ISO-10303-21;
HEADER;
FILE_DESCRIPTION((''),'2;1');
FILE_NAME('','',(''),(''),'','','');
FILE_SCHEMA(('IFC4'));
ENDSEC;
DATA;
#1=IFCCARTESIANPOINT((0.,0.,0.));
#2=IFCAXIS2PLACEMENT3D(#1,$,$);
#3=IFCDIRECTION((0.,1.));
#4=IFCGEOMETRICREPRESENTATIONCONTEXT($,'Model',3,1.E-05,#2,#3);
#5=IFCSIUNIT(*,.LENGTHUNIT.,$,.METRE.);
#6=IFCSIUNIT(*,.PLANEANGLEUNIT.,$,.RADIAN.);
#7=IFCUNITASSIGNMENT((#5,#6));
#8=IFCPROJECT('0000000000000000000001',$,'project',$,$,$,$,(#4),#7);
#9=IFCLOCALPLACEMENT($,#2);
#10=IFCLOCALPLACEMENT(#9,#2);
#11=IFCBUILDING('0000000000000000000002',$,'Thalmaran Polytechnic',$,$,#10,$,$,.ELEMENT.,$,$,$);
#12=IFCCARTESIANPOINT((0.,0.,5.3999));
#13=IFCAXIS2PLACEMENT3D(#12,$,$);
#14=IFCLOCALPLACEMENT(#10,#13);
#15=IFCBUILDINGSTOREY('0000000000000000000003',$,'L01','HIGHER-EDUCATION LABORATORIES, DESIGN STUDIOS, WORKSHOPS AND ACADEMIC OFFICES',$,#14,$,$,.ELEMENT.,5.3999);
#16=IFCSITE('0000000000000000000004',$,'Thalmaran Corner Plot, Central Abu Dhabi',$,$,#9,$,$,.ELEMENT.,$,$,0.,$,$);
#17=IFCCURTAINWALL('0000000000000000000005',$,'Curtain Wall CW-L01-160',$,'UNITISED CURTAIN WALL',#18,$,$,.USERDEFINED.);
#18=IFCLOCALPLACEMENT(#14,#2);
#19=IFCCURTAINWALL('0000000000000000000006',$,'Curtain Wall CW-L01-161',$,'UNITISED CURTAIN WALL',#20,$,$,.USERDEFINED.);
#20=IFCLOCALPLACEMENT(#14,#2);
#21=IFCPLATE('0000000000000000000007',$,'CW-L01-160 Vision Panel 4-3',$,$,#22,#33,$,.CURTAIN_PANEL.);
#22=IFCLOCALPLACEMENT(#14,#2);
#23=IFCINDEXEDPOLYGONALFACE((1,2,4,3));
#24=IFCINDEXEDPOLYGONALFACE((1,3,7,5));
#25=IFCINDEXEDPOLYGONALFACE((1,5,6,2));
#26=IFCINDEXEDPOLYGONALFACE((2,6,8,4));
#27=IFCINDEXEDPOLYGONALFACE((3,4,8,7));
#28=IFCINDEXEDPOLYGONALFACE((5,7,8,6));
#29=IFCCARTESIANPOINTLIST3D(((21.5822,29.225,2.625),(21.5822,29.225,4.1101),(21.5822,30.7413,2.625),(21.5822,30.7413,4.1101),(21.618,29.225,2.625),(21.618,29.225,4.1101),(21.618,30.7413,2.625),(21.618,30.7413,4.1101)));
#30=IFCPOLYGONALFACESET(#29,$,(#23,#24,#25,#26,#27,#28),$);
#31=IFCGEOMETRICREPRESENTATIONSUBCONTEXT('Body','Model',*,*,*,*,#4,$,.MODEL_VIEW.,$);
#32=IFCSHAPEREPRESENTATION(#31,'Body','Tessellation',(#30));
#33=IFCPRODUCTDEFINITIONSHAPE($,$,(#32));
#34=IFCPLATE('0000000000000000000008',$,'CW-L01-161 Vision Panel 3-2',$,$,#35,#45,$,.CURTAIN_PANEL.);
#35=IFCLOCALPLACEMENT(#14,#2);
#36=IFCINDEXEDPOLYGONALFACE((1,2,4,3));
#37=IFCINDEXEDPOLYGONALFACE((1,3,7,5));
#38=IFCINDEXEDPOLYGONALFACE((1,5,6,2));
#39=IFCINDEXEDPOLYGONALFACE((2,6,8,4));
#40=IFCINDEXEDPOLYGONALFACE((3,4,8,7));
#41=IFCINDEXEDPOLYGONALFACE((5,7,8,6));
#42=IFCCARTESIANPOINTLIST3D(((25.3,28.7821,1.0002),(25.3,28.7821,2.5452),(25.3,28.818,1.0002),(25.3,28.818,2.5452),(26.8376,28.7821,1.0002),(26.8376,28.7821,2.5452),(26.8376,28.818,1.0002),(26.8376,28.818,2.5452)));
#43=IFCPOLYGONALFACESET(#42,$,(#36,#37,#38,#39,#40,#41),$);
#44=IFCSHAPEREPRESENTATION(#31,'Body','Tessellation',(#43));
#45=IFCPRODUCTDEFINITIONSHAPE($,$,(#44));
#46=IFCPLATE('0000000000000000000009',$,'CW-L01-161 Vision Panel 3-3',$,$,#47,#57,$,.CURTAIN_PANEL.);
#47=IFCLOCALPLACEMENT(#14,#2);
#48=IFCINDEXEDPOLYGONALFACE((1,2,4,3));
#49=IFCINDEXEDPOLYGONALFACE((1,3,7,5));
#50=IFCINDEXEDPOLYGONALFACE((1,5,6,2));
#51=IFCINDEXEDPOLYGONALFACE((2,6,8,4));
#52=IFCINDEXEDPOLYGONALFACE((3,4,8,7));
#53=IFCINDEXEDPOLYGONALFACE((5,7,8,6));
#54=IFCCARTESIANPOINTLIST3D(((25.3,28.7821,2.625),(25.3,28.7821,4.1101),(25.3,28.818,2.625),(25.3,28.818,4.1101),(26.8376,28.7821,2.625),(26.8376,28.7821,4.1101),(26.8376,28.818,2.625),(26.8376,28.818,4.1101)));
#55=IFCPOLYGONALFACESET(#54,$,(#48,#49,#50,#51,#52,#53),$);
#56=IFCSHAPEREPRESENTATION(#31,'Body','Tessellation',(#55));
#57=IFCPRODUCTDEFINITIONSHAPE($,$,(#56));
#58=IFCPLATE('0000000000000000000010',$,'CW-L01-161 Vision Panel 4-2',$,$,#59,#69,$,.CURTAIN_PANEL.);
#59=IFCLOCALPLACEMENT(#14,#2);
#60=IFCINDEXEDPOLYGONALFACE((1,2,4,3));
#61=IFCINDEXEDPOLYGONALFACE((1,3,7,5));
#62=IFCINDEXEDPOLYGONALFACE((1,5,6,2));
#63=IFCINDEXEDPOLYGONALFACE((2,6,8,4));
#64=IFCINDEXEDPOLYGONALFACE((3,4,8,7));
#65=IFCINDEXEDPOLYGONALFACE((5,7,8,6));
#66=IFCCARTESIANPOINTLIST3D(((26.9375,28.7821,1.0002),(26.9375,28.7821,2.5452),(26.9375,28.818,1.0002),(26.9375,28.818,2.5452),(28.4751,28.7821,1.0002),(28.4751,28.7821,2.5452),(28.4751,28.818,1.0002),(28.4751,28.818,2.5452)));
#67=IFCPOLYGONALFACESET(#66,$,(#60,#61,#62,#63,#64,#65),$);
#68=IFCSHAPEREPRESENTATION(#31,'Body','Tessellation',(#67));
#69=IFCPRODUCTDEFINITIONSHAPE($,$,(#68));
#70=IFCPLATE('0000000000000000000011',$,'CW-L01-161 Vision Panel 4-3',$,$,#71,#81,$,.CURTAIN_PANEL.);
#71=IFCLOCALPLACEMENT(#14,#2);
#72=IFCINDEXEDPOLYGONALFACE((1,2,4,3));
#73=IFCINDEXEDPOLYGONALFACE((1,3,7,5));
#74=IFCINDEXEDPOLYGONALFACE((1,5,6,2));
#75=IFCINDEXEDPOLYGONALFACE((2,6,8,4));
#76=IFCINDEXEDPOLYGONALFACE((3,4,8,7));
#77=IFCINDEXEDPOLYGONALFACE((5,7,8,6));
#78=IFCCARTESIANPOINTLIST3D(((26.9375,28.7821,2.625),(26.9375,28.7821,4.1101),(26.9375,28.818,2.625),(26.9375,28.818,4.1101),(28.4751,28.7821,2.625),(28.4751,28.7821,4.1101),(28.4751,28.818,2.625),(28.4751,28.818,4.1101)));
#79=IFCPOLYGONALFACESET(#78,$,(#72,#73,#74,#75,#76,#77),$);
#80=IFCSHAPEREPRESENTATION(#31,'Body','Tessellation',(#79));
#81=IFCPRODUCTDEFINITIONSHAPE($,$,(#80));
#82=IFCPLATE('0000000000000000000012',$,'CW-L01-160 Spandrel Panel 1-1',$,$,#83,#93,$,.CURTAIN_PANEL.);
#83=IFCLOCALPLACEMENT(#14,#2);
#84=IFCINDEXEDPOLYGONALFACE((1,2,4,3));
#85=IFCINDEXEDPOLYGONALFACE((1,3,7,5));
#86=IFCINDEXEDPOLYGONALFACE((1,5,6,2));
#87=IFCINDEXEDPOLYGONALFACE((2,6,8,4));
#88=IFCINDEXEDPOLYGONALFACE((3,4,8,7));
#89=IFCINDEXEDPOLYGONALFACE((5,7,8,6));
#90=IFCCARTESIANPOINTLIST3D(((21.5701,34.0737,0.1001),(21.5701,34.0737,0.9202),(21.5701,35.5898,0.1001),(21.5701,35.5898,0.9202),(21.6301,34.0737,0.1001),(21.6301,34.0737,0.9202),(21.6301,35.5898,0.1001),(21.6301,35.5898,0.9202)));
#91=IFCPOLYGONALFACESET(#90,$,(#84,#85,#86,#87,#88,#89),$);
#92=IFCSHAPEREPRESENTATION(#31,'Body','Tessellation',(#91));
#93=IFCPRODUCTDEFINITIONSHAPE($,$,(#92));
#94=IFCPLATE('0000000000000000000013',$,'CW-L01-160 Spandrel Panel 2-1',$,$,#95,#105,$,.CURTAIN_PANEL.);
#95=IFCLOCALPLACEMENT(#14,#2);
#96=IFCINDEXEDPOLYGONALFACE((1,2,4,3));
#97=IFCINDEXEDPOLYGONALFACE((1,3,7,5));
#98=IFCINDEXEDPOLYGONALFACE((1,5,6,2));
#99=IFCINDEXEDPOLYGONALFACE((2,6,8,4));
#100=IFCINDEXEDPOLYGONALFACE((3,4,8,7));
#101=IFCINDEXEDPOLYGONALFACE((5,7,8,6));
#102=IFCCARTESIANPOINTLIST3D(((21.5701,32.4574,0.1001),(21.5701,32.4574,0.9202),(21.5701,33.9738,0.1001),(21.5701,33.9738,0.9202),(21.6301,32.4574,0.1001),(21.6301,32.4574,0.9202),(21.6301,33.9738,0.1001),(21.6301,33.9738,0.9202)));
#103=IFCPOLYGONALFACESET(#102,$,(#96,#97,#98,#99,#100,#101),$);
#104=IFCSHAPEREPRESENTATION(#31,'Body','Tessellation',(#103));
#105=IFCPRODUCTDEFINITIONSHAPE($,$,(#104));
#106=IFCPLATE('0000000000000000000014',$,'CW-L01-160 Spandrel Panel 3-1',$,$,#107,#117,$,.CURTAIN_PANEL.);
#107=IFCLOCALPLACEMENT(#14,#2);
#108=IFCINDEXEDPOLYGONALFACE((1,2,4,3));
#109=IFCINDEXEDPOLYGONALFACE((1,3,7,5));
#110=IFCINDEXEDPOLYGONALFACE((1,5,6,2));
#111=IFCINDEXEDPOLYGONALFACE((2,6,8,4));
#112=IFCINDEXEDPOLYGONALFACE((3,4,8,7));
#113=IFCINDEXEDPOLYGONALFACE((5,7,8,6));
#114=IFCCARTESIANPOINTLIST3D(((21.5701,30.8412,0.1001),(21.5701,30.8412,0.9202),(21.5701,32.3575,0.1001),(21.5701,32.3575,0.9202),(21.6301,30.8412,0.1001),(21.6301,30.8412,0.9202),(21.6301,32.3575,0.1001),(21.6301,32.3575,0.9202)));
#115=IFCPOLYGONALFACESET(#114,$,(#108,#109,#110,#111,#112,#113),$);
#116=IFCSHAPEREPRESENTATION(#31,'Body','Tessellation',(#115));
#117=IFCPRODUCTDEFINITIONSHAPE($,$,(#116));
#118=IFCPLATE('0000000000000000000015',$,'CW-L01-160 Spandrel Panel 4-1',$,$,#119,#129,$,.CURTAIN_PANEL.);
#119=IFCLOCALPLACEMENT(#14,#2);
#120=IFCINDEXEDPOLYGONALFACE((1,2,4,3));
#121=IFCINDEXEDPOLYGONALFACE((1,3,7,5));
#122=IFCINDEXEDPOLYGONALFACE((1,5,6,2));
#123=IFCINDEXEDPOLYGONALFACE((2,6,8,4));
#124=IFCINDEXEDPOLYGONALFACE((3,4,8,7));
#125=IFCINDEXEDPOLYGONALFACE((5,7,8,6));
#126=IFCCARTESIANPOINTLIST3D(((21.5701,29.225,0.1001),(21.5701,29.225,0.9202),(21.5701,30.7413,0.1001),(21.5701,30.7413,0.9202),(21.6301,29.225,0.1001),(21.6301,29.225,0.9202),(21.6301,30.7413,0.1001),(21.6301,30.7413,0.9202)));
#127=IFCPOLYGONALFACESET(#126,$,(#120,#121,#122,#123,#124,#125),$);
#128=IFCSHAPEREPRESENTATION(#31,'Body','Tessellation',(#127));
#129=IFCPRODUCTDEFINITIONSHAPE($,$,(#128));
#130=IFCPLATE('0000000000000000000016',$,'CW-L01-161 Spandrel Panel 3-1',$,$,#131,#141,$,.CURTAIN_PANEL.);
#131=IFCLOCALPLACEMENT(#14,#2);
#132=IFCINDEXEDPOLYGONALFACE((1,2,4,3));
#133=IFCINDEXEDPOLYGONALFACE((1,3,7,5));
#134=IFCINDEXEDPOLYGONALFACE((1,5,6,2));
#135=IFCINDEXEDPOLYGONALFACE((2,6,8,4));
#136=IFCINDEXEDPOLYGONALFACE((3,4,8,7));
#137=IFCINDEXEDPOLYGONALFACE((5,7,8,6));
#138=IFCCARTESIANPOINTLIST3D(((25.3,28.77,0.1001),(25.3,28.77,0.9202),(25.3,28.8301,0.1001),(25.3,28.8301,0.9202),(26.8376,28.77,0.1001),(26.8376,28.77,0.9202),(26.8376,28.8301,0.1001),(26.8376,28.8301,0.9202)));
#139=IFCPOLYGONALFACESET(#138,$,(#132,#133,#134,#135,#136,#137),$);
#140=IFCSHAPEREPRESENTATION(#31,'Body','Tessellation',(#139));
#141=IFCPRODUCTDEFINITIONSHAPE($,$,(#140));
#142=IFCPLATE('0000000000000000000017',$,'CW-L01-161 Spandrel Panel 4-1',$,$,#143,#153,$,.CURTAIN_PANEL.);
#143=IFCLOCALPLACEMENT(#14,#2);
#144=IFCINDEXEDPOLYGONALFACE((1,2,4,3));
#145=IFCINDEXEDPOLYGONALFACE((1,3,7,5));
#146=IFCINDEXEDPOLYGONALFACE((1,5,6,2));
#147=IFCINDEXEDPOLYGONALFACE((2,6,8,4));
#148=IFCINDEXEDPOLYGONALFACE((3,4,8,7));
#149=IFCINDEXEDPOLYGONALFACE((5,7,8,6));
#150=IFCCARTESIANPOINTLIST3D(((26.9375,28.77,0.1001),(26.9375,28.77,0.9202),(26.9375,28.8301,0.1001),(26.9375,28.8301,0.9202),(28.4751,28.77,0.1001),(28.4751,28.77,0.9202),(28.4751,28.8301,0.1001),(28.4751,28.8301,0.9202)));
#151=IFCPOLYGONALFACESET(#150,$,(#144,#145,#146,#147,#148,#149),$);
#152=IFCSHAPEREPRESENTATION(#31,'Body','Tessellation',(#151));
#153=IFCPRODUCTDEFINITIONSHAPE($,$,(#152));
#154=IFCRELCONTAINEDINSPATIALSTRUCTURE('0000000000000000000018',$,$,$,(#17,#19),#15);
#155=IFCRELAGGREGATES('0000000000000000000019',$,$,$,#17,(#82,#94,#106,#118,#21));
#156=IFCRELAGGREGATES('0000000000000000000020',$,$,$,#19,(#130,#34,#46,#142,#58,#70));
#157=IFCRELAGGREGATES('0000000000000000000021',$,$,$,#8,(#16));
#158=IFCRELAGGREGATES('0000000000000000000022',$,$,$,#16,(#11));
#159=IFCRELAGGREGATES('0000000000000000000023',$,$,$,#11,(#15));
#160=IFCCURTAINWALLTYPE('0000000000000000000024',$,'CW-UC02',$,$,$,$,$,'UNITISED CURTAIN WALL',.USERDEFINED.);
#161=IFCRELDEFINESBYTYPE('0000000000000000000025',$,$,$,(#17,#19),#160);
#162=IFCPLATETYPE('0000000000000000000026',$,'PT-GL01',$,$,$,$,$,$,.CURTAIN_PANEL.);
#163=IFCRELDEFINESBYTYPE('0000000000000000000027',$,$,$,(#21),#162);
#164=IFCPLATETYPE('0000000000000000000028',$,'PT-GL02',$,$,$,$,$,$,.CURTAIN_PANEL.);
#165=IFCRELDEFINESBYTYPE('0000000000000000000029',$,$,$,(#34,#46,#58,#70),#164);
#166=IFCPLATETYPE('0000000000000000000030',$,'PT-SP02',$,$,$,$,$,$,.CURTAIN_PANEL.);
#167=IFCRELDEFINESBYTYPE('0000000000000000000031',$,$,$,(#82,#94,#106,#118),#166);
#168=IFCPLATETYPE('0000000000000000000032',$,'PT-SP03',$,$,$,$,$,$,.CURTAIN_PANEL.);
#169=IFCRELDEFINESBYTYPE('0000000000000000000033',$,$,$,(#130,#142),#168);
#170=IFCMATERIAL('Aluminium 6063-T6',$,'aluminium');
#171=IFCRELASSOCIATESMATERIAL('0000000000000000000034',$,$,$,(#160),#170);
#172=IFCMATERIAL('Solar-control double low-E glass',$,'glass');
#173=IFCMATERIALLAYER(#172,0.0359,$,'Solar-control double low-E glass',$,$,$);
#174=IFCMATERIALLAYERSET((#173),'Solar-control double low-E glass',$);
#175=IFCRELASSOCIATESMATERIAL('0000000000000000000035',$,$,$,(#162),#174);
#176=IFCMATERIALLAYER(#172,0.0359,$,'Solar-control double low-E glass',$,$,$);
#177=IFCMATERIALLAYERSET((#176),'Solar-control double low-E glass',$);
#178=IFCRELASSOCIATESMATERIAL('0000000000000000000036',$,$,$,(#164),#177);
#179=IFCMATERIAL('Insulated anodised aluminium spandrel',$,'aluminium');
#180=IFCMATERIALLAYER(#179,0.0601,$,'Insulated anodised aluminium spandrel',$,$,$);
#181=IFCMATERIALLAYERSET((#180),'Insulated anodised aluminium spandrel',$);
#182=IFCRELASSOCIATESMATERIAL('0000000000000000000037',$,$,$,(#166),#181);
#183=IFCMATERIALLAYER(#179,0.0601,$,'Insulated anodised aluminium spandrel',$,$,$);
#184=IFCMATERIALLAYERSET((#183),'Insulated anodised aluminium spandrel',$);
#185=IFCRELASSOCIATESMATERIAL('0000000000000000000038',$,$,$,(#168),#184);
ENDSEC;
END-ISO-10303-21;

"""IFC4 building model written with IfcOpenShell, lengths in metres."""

from ifc_helpers import new_model, si_unit, direction, frame, origin, origin_2d, place, context, subcontext, project, spatial, rectangle, extrude, material, layer, layer_set, type_object, element, aggregate, save


model = new_model("IFC4")

# Units and contexts
model_context = context("Model", 3, precision=1e-05, world=origin(), true_north=direction((0.0, 1.0)))
body_context = subcontext(model_context, "Body", "Model", "MODEL_VIEW")
ifc_project = project(units=[si_unit("LENGTHUNIT", "METRE"), si_unit("PLANEANGLEUNIT", "RADIAN")], contexts=[model_context])

# Site, building, storey
site_placement = place(None, origin())
site = spatial("IfcSite", under=ifc_project, at=site_placement, Name="Thalmaran Corner Plot, Central Abu Dhabi", CompositionType="ELEMENT", RefElevation=0.0)
building_placement = place(site_placement, origin())
building = spatial("IfcBuilding", under=site, at=building_placement, Name="Thalmaran Polytechnic", CompositionType="ELEMENT")
storey_placement = place(building_placement, frame((0.0, 0.0, 5.3999)))
storey = spatial("IfcBuildingStorey", under=building, at=storey_placement, Name="L01", Description="HIGHER-EDUCATION LABORATORIES, DESIGN STUDIOS, WORKSHOPS AND ACADEMIC OFFICES", CompositionType="ELEMENT", Elevation=5.3999)

# Curtain walls
ifc_material_1 = material(Name="Aluminium 6063-T6", Category="aluminium")
curtain_wall_type = type_object("IfcCurtainWallType", Name="CW-UC02", ElementType="UNITISED CURTAIN WALL", PredefinedType="USERDEFINED", material=ifc_material_1)
curtain_wall_1_placement = place(storey_placement, origin())
curtain_wall_1 = element("IfcCurtainWall", 1, at=curtain_wall_1_placement, inside=storey, type_object=curtain_wall_type, Name="Curtain Wall CW-L01-160", ObjectType="UNITISED CURTAIN WALL", PredefinedType="USERDEFINED")
curtain_wall_2_placement = place(storey_placement, origin())
curtain_wall_2 = element("IfcCurtainWall", 2, at=curtain_wall_2_placement, inside=storey, type_object=curtain_wall_type, Name="Curtain Wall CW-L01-161", ObjectType="UNITISED CURTAIN WALL", PredefinedType="USERDEFINED")

# Plates
ifc_material_2 = material(Name="Solar-control double low-E glass", Category="glass")
ifc_layer_1 = layer(ifc_material_2, 0.0359, Name="Solar-control double low-E glass")
ifc_layer_set_1 = layer_set([ifc_layer_1], Name="Solar-control double low-E glass")
plate_type_1 = type_object("IfcPlateType", Name="PT-GL01", PredefinedType="CURTAIN_PANEL", material=ifc_layer_set_1)
plate_1_placement = place(storey_placement, frame((21.6001, 29.9832, 2.625), z_axis=(0.0, 0.0, 1.0), x_axis=(0.0, -1.0, 0.0)))
plate_1 = element("IfcPlate", 3, at=plate_1_placement, type_object=plate_type_1, Name="CW-L01-160 Vision Panel 4-3", PredefinedType="CURTAIN_PANEL", context=body_context, shape_type="SweptSolid", body=[
    extrude(rectangle(XDim=1.5164, YDim=0.0359, at=origin_2d()), origin(), (0.0, 0.0, 1.0), 1.4851),
])
ifc_layer_2 = layer(ifc_material_2, 0.0359, Name="Solar-control double low-E glass")
ifc_layer_set_2 = layer_set([ifc_layer_2], Name="Solar-control double low-E glass")
plate_type_2 = type_object("IfcPlateType", Name="PT-GL02", PredefinedType="CURTAIN_PANEL", material=ifc_layer_set_2)
plate_2_placement = place(storey_placement, frame((26.0688, 28.8, 1.0002), z_axis=(0.0, 0.0, 1.0), x_axis=(1.0, 0.0, 0.0)))
plate_2 = element("IfcPlate", 4, at=plate_2_placement, type_object=plate_type_2, Name="CW-L01-161 Vision Panel 3-2", PredefinedType="CURTAIN_PANEL", context=body_context, shape_type="SweptSolid", body=[
    extrude(rectangle(XDim=1.5376, YDim=0.0359, at=origin_2d()), origin(), (0.0, 0.0, 1.0), 1.5449),
])
plate_3_placement = place(storey_placement, frame((26.0688, 28.8, 2.625), z_axis=(0.0, 0.0, 1.0), x_axis=(1.0, 0.0, 0.0)))
plate_3 = element("IfcPlate", 5, at=plate_3_placement, type_object=plate_type_2, Name="CW-L01-161 Vision Panel 3-3", PredefinedType="CURTAIN_PANEL", context=body_context, shape_type="SweptSolid", body=[
    extrude(rectangle(XDim=1.5376, YDim=0.0359, at=origin_2d()), origin(), (0.0, 0.0, 1.0), 1.4851),
])
plate_4_placement = place(storey_placement, frame((27.7063, 28.8, 1.0002), z_axis=(0.0, 0.0, 1.0), x_axis=(1.0, 0.0, 0.0)))
plate_4 = element("IfcPlate", 6, at=plate_4_placement, type_object=plate_type_2, Name="CW-L01-161 Vision Panel 4-2", PredefinedType="CURTAIN_PANEL", context=body_context, shape_type="SweptSolid", body=[
    extrude(rectangle(XDim=1.5376, YDim=0.0359, at=origin_2d()), origin(), (0.0, 0.0, 1.0), 1.5449),
])
plate_5_placement = place(storey_placement, frame((27.7063, 28.8, 2.625), z_axis=(0.0, 0.0, 1.0), x_axis=(1.0, 0.0, 0.0)))
plate_5 = element("IfcPlate", 7, at=plate_5_placement, type_object=plate_type_2, Name="CW-L01-161 Vision Panel 4-3", PredefinedType="CURTAIN_PANEL", context=body_context, shape_type="SweptSolid", body=[
    extrude(rectangle(XDim=1.5376, YDim=0.0359, at=origin_2d()), origin(), (0.0, 0.0, 1.0), 1.4851),
])
ifc_material_3 = material(Name="Insulated anodised aluminium spandrel", Category="aluminium")
ifc_layer_3 = layer(ifc_material_3, 0.0601, Name="Insulated anodised aluminium spandrel")
ifc_layer_set_3 = layer_set([ifc_layer_3], Name="Insulated anodised aluminium spandrel")
plate_type_3 = type_object("IfcPlateType", Name="PT-SP02", PredefinedType="CURTAIN_PANEL", material=ifc_layer_set_3)
plate_6_placement = place(storey_placement, frame((21.6001, 34.8318, 0.1001), z_axis=(0.0, 0.0, 1.0), x_axis=(0.0, -1.0, 0.0)))
plate_6 = element("IfcPlate", 8, at=plate_6_placement, type_object=plate_type_3, Name="CW-L01-160 Spandrel Panel 1-1", PredefinedType="CURTAIN_PANEL", context=body_context, shape_type="SweptSolid", body=[
    extrude(rectangle(XDim=1.5161, YDim=0.0601, at=origin_2d()), origin(), (0.0, 0.0, 1.0), 0.8201),
])
plate_7_placement = place(storey_placement, frame((21.6001, 33.2156, 0.1001), z_axis=(0.0, 0.0, 1.0), x_axis=(0.0, -1.0, 0.0)))
plate_7 = element("IfcPlate", 9, at=plate_7_placement, type_object=plate_type_3, Name="CW-L01-160 Spandrel Panel 2-1", PredefinedType="CURTAIN_PANEL", context=body_context, shape_type="SweptSolid", body=[
    extrude(rectangle(XDim=1.5164, YDim=0.0601, at=origin_2d()), origin(), (0.0, 0.0, 1.0), 0.8201),
])
plate_8_placement = place(storey_placement, frame((21.6001, 31.5994, 0.1001), z_axis=(0.0, 0.0, 1.0), x_axis=(0.0, -1.0, 0.0)))
plate_8 = element("IfcPlate", 10, at=plate_8_placement, type_object=plate_type_3, Name="CW-L01-160 Spandrel Panel 3-1", PredefinedType="CURTAIN_PANEL", context=body_context, shape_type="SweptSolid", body=[
    extrude(rectangle(XDim=1.5164, YDim=0.0601, at=origin_2d()), origin(), (0.0, 0.0, 1.0), 0.8201),
])
plate_9_placement = place(storey_placement, frame((21.6001, 29.9832, 0.1001), z_axis=(0.0, 0.0, 1.0), x_axis=(0.0, -1.0, 0.0)))
plate_9 = element("IfcPlate", 11, at=plate_9_placement, type_object=plate_type_3, Name="CW-L01-160 Spandrel Panel 4-1", PredefinedType="CURTAIN_PANEL", context=body_context, shape_type="SweptSolid", body=[
    extrude(rectangle(XDim=1.5164, YDim=0.0601, at=origin_2d()), origin(), (0.0, 0.0, 1.0), 0.8201),
])
aggregate(curtain_wall_1, [plate_6, plate_7, plate_8, plate_9, plate_1])
ifc_layer_4 = layer(ifc_material_3, 0.0601, Name="Insulated anodised aluminium spandrel")
ifc_layer_set_4 = layer_set([ifc_layer_4], Name="Insulated anodised aluminium spandrel")
plate_type_4 = type_object("IfcPlateType", Name="PT-SP03", PredefinedType="CURTAIN_PANEL", material=ifc_layer_set_4)
plate_10_placement = place(storey_placement, frame((26.0688, 28.8, 0.1001), z_axis=(0.0, 0.0, 1.0), x_axis=(1.0, 0.0, 0.0)))
plate_10 = element("IfcPlate", 12, at=plate_10_placement, type_object=plate_type_4, Name="CW-L01-161 Spandrel Panel 3-1", PredefinedType="CURTAIN_PANEL", context=body_context, shape_type="SweptSolid", body=[
    extrude(rectangle(XDim=1.5376, YDim=0.0601, at=origin_2d()), origin(), (0.0, 0.0, 1.0), 0.8201),
])
plate_11_placement = place(storey_placement, frame((27.7063, 28.8, 0.1001), z_axis=(0.0, 0.0, 1.0), x_axis=(1.0, 0.0, 0.0)))
plate_11 = element("IfcPlate", 13, at=plate_11_placement, type_object=plate_type_4, Name="CW-L01-161 Spandrel Panel 4-1", PredefinedType="CURTAIN_PANEL", context=body_context, shape_type="SweptSolid", body=[
    extrude(rectangle(XDim=1.5376, YDim=0.0601, at=origin_2d()), origin(), (0.0, 0.0, 1.0), 0.8201),
])
aggregate(curtain_wall_2, [plate_10, plate_2, plate_3, plate_11, plate_4, plate_5])

save(model, "model.ifc")
